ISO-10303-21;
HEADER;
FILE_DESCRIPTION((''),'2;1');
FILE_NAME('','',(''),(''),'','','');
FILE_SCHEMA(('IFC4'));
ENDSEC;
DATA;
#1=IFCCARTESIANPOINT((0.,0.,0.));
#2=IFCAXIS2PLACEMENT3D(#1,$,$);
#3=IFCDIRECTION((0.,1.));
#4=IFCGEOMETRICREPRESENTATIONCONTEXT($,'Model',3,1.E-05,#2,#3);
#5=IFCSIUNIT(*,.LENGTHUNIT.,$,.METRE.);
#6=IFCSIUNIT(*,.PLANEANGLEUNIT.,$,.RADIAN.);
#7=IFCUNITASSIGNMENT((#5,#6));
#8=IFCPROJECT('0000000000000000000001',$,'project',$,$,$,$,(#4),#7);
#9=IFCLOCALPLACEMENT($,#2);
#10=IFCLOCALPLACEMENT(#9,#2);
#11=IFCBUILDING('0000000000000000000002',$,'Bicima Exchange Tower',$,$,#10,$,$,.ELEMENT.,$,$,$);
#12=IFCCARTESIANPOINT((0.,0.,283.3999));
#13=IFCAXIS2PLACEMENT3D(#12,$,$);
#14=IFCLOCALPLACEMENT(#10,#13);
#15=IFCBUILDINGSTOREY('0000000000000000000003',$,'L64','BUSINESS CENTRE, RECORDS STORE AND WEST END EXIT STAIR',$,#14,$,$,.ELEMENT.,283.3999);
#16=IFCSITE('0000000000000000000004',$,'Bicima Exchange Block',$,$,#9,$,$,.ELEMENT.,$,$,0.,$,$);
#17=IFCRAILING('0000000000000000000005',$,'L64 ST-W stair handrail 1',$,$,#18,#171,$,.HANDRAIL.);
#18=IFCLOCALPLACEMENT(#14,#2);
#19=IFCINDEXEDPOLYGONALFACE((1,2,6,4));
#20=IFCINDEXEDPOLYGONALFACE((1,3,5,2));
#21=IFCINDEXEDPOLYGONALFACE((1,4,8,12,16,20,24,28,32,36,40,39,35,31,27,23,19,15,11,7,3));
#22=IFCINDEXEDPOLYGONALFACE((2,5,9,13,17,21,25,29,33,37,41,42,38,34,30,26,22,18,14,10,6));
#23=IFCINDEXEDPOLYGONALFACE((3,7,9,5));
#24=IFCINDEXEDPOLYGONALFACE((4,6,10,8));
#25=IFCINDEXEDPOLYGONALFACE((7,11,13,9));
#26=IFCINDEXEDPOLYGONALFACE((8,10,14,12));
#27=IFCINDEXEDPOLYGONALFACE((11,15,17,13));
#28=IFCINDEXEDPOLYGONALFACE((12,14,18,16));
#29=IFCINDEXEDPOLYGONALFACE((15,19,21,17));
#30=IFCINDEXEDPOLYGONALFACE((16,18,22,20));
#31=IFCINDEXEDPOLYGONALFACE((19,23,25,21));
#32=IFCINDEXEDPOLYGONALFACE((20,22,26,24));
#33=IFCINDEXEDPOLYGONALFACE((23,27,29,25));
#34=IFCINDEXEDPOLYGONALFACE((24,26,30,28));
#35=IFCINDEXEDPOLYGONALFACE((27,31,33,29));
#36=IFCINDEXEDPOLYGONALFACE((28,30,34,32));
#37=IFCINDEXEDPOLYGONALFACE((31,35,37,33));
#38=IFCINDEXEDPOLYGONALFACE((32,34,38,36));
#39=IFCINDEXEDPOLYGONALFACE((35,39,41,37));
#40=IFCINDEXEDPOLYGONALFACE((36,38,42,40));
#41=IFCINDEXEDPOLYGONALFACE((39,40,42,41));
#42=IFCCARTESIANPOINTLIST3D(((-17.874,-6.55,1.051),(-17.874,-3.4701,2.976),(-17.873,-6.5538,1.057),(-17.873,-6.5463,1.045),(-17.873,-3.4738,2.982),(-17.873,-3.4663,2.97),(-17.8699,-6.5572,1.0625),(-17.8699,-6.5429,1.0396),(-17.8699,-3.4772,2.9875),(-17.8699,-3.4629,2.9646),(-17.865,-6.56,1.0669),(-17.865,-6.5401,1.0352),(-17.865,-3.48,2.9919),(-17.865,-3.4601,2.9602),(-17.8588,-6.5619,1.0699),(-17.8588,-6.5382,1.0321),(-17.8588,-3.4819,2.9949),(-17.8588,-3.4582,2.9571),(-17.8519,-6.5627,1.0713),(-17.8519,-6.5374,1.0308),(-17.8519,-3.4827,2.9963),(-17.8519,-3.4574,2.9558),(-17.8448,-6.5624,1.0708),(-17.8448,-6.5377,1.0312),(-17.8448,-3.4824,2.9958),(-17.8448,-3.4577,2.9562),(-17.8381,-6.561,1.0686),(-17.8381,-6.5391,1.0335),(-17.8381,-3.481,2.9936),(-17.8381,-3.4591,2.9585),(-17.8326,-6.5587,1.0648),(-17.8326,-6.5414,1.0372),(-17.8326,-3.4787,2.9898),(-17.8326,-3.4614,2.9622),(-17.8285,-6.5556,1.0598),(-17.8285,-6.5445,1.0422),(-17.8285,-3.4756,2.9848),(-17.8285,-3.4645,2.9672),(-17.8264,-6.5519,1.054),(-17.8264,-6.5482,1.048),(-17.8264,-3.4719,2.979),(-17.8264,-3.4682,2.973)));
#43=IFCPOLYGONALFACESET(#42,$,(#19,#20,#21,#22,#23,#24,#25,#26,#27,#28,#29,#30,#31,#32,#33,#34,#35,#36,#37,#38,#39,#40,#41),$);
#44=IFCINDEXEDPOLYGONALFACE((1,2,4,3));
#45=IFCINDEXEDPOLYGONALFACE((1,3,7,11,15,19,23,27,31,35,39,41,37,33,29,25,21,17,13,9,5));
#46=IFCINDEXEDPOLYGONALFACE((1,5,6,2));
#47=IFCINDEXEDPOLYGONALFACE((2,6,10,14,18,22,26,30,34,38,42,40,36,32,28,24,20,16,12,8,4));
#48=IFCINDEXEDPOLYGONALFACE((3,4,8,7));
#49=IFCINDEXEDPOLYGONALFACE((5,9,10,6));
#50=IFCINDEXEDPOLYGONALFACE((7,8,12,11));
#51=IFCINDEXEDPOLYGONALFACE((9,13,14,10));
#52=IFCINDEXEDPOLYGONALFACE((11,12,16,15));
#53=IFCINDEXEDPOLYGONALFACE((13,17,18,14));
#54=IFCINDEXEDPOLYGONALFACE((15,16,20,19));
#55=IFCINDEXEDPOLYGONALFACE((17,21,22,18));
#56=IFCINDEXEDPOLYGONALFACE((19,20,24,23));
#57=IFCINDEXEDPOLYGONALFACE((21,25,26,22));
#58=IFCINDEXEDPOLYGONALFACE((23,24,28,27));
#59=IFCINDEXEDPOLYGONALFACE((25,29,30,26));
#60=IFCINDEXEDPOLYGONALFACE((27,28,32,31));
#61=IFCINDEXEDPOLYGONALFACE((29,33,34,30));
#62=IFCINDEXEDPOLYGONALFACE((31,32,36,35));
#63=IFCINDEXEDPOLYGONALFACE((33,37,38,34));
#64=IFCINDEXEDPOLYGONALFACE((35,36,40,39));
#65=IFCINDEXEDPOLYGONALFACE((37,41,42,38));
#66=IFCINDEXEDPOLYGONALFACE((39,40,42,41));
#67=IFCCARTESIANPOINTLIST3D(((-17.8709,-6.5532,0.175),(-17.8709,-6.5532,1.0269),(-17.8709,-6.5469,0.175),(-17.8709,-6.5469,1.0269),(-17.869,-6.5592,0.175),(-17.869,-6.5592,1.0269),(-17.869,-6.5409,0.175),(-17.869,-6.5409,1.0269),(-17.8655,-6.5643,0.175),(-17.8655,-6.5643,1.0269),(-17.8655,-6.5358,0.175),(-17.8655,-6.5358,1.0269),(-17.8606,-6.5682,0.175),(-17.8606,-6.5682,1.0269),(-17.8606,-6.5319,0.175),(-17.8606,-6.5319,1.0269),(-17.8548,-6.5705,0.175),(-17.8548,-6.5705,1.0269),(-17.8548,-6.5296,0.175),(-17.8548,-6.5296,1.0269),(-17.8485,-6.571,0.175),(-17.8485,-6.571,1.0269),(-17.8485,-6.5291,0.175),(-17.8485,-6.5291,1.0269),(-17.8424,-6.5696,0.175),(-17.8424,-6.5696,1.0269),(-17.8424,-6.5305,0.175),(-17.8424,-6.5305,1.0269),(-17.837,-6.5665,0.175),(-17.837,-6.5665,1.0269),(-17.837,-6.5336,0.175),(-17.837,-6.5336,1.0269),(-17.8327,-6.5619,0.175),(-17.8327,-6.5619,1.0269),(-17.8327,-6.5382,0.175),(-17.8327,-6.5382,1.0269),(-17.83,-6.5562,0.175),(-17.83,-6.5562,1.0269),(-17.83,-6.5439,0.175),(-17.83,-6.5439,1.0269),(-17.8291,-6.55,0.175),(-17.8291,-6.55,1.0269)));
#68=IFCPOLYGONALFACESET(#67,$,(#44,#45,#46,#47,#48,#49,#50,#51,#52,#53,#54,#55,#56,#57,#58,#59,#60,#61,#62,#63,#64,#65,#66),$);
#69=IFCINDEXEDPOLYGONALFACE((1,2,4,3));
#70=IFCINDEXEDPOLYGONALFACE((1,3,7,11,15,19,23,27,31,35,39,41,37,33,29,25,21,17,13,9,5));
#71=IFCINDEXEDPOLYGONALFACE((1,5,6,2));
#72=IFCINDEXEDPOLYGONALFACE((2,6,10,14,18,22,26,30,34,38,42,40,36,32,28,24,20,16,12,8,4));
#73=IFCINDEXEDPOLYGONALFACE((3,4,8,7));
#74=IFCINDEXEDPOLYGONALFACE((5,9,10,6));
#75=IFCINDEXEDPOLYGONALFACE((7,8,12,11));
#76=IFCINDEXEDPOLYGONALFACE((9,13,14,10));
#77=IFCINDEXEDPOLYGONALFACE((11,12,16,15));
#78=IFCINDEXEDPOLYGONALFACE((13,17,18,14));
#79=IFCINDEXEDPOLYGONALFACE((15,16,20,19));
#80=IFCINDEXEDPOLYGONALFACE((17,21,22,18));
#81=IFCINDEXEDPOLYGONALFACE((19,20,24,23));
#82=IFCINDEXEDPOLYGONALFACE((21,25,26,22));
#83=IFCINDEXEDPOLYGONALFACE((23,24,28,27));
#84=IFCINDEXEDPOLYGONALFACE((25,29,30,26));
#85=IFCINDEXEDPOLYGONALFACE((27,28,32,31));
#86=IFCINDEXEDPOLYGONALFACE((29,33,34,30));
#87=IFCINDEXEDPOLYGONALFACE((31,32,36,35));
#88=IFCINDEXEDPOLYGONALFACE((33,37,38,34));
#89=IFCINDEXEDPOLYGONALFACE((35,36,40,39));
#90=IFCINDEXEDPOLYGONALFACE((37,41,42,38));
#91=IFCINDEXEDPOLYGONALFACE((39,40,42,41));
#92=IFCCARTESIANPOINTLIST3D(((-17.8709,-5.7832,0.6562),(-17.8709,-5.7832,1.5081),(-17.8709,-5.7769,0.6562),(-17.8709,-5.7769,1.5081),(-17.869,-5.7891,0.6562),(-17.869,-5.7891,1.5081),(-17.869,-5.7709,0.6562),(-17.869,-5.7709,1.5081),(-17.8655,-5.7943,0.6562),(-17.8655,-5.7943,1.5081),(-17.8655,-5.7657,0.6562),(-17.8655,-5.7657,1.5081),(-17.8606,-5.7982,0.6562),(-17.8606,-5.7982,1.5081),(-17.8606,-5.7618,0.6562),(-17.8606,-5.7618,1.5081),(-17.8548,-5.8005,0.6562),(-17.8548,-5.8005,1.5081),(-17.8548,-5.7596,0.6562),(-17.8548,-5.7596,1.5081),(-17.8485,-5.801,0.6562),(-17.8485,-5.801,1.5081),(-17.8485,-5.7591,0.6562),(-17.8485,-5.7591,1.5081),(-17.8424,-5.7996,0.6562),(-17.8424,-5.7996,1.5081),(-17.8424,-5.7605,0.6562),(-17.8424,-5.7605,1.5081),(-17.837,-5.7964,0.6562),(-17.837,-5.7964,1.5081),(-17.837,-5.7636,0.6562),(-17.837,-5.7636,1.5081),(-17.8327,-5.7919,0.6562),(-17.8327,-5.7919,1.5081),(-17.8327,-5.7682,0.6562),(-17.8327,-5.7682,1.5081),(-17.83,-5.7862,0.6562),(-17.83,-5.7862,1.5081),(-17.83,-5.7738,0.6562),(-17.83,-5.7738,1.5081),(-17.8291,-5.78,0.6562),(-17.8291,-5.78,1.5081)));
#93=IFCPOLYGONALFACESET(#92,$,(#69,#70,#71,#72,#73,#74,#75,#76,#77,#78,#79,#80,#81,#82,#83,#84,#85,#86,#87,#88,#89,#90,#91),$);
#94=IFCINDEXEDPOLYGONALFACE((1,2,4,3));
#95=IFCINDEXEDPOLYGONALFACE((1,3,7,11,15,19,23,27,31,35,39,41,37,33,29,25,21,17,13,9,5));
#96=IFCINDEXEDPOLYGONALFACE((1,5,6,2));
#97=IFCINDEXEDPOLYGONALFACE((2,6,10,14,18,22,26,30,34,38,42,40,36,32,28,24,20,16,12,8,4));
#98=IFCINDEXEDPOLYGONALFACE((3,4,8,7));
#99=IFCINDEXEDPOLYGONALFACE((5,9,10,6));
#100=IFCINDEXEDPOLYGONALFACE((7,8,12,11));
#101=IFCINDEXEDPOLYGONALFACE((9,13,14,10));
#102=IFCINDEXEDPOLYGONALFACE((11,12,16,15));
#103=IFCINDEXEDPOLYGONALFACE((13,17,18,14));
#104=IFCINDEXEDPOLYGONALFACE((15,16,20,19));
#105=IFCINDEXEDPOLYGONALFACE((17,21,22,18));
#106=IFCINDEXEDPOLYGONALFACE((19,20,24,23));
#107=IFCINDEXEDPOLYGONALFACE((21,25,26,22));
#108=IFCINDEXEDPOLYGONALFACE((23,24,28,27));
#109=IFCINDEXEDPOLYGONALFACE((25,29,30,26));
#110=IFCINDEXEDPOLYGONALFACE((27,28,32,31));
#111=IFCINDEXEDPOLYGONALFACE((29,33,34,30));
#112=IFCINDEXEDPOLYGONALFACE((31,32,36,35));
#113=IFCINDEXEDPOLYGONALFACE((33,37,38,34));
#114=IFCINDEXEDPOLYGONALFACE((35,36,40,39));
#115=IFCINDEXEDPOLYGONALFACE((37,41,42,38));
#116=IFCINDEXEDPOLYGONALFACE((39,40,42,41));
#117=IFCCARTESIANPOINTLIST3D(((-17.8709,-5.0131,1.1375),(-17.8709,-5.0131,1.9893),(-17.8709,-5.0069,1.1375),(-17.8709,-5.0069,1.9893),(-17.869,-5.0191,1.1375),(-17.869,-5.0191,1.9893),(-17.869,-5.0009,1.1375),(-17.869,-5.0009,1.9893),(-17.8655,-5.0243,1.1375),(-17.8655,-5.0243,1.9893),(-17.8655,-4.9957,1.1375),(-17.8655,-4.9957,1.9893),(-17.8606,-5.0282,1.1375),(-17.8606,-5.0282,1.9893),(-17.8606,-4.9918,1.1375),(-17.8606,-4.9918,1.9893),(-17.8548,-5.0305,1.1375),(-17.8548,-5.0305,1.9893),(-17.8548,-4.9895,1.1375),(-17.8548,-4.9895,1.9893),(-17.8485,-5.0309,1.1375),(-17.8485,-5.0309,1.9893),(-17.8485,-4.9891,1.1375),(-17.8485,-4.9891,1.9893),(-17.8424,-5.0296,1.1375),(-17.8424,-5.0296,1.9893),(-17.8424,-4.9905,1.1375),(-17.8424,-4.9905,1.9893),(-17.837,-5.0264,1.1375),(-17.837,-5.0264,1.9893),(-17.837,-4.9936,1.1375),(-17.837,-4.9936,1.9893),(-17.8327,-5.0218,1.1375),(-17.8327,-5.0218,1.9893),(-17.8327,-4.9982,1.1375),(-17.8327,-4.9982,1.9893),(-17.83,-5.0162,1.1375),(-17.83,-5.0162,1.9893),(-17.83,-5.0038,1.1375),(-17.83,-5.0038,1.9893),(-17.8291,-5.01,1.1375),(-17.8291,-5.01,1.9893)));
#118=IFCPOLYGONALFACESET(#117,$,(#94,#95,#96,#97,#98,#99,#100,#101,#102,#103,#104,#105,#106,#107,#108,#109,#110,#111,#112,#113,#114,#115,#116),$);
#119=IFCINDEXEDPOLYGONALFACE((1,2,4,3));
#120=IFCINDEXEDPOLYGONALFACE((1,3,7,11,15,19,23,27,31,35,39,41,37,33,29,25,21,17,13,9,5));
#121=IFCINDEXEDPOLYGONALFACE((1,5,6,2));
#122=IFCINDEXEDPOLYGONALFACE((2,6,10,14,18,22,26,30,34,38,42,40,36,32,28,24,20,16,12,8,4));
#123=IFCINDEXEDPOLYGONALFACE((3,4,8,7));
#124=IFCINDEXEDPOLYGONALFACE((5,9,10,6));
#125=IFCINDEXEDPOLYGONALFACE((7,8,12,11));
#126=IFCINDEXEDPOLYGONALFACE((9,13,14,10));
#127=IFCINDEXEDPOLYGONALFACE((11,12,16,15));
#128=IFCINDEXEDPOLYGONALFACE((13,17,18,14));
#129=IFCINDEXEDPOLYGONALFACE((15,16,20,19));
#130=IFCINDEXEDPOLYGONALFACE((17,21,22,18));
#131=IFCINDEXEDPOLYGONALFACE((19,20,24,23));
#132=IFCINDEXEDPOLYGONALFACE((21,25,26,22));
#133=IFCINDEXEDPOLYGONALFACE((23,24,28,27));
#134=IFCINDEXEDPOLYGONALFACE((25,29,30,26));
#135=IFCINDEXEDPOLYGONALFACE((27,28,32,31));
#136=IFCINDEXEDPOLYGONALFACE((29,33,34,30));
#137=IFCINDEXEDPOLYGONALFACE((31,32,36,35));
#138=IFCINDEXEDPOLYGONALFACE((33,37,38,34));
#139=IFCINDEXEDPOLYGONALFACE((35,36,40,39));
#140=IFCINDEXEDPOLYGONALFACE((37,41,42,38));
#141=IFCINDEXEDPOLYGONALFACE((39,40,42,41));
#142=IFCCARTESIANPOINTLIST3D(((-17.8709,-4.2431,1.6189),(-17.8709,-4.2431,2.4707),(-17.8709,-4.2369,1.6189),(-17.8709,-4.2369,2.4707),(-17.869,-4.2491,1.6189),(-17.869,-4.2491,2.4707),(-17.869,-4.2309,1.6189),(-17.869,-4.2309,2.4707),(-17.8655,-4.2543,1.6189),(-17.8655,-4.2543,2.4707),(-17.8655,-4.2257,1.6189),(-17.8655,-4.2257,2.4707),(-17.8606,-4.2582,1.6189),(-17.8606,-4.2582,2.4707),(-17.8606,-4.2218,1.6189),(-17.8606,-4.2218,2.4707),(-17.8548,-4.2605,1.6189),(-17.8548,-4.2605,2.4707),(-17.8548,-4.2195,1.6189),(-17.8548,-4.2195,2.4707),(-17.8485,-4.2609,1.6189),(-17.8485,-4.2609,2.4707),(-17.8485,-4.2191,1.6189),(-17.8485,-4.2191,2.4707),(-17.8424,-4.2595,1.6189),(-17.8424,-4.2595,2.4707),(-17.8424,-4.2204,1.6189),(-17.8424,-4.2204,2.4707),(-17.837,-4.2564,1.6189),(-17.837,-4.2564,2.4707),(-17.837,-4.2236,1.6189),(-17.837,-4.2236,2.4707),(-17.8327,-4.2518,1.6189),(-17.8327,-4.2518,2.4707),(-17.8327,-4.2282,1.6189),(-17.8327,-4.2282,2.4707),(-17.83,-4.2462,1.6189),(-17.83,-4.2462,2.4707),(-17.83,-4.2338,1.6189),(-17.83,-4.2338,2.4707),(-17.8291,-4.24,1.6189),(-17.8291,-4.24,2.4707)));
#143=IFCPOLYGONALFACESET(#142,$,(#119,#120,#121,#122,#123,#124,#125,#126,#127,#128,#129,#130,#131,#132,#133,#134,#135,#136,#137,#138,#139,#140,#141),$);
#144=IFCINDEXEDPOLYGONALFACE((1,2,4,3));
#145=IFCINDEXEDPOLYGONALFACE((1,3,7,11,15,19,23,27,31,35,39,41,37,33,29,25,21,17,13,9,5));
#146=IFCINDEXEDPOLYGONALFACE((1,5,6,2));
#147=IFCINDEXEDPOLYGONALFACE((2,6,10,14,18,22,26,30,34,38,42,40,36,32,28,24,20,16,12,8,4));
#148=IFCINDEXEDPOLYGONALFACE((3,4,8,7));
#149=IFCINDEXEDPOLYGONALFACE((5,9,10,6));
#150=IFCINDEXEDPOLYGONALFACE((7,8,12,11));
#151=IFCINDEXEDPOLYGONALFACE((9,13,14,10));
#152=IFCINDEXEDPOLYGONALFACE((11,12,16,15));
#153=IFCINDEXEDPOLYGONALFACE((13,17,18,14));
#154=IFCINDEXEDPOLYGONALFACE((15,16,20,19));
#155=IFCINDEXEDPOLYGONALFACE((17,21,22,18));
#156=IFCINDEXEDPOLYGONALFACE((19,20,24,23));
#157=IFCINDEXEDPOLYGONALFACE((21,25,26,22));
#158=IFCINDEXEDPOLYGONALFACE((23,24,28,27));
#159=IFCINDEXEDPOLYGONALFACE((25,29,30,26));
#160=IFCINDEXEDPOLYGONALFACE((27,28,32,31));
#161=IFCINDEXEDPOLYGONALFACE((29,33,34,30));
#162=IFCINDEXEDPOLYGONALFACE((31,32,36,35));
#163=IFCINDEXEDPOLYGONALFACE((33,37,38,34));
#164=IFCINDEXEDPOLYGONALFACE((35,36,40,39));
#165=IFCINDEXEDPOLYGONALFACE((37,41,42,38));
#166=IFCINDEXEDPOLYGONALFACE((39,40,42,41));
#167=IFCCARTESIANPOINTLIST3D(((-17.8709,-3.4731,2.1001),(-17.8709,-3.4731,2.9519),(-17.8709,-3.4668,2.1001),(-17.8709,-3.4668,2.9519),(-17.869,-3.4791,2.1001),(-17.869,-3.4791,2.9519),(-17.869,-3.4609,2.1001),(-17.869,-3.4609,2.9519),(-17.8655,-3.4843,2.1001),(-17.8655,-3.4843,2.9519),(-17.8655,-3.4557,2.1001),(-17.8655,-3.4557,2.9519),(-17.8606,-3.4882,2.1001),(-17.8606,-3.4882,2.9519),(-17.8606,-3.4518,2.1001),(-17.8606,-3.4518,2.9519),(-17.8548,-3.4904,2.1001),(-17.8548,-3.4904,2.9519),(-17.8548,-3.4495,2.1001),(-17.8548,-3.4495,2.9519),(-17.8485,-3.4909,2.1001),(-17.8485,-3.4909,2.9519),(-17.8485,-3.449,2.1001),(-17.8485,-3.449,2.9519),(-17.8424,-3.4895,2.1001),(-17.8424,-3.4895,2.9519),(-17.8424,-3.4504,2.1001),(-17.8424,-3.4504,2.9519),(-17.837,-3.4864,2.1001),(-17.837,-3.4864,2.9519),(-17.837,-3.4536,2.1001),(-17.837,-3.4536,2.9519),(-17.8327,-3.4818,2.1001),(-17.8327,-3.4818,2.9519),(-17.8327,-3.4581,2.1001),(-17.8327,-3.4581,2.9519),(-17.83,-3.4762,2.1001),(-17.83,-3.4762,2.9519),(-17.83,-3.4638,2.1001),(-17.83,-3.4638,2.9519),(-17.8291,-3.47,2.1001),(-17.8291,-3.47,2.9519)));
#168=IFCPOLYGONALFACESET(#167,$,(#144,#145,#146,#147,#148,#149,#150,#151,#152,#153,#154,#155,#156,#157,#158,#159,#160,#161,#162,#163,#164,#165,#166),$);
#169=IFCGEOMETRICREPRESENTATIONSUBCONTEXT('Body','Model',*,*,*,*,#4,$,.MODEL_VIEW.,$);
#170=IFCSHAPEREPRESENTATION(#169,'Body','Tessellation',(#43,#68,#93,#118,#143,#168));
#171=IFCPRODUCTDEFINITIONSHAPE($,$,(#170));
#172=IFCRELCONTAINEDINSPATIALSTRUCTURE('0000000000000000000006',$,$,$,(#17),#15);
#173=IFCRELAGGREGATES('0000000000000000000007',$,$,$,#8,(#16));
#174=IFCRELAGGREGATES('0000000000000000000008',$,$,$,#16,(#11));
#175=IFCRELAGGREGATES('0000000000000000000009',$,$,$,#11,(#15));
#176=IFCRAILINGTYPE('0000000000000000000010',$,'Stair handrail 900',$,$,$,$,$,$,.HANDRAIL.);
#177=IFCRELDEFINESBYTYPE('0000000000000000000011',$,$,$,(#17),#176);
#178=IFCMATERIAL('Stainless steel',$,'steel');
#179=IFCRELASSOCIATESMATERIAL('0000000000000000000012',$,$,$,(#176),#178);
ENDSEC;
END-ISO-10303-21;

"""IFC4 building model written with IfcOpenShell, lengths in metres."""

from ifc_helpers import new_model, si_unit, direction, frame, origin, origin_2d, place, context, subcontext, project, spatial, circle, extrude, material, type_object, element, save


model = new_model("IFC4")

# Units and contexts
model_context = context("Model", 3, precision=1e-05, world=origin(), true_north=direction((0.0, 1.0)))
body_context = subcontext(model_context, "Body", "Model", "MODEL_VIEW")
ifc_project = project(units=[si_unit("LENGTHUNIT", "METRE"), si_unit("PLANEANGLEUNIT", "RADIAN")], contexts=[model_context])

# Site, building, storey
site_placement = place(None, origin())
site = spatial("IfcSite", under=ifc_project, at=site_placement, Name="Bicima Exchange Block", CompositionType="ELEMENT", RefElevation=0.0)
building_placement = place(site_placement, origin())
building = spatial("IfcBuilding", under=site, at=building_placement, Name="Bicima Exchange Tower", CompositionType="ELEMENT")
storey_placement = place(building_placement, frame((0.0, 0.0, 283.3999)))
storey = spatial("IfcBuildingStorey", under=building, at=storey_placement, Name="L64", Description="BUSINESS CENTRE, RECORDS STORE AND WEST END EXIT STAIR", CompositionType="ELEMENT", Elevation=283.3999)

# Shared definitions
ifc_material_1 = material(Name="Stainless steel", Category="steel")

# Railing
railing_type_1 = type_object("IfcRailingType", Name="Stair handrail 900", PredefinedType="HANDRAIL", material=ifc_material_1)
railing_1_placement = place(storey_placement, frame((-17.8501, -6.55, 0.175)))
element("IfcRailing", 1, at=railing_1_placement, inside=storey, type_object=railing_type_1, Name="L64 ST-W stair handrail 1", PredefinedType="HANDRAIL", context=body_context, shape_type="SweptSolid", body=[
    extrude(circle(Radius=0.0239, at=origin_2d()), frame((0.0, 0.0, 0.876), z_axis=(0.0, 0.847998, 0.529999), x_axis=(-1.0, 0.0, 0.0)), (0.0, 0.0, 1.0), 3.6321),
    extrude(circle(Radius=0.021, at=origin_2d()), origin(), (0.0, 0.0, 1.0), 0.8518),
    extrude(circle(Radius=0.021, at=origin_2d()), frame((0.0, 0.77, 0.4812)), (0.0, 0.0, 1.0), 0.8518),
    extrude(circle(Radius=0.021, at=origin_2d()), frame((0.0, 1.54, 0.9624)), (0.0, 0.0, 1.0), 0.8518),
    extrude(circle(Radius=0.021, at=origin_2d()), frame((0.0, 2.3101, 1.4438)), (0.0, 0.0, 1.0), 0.8518),
    extrude(circle(Radius=0.021, at=origin_2d()), frame((0.0, 3.0801, 1.925)), (0.0, 0.0, 1.0), 0.8518),
])

save(model, "model.ifc")
